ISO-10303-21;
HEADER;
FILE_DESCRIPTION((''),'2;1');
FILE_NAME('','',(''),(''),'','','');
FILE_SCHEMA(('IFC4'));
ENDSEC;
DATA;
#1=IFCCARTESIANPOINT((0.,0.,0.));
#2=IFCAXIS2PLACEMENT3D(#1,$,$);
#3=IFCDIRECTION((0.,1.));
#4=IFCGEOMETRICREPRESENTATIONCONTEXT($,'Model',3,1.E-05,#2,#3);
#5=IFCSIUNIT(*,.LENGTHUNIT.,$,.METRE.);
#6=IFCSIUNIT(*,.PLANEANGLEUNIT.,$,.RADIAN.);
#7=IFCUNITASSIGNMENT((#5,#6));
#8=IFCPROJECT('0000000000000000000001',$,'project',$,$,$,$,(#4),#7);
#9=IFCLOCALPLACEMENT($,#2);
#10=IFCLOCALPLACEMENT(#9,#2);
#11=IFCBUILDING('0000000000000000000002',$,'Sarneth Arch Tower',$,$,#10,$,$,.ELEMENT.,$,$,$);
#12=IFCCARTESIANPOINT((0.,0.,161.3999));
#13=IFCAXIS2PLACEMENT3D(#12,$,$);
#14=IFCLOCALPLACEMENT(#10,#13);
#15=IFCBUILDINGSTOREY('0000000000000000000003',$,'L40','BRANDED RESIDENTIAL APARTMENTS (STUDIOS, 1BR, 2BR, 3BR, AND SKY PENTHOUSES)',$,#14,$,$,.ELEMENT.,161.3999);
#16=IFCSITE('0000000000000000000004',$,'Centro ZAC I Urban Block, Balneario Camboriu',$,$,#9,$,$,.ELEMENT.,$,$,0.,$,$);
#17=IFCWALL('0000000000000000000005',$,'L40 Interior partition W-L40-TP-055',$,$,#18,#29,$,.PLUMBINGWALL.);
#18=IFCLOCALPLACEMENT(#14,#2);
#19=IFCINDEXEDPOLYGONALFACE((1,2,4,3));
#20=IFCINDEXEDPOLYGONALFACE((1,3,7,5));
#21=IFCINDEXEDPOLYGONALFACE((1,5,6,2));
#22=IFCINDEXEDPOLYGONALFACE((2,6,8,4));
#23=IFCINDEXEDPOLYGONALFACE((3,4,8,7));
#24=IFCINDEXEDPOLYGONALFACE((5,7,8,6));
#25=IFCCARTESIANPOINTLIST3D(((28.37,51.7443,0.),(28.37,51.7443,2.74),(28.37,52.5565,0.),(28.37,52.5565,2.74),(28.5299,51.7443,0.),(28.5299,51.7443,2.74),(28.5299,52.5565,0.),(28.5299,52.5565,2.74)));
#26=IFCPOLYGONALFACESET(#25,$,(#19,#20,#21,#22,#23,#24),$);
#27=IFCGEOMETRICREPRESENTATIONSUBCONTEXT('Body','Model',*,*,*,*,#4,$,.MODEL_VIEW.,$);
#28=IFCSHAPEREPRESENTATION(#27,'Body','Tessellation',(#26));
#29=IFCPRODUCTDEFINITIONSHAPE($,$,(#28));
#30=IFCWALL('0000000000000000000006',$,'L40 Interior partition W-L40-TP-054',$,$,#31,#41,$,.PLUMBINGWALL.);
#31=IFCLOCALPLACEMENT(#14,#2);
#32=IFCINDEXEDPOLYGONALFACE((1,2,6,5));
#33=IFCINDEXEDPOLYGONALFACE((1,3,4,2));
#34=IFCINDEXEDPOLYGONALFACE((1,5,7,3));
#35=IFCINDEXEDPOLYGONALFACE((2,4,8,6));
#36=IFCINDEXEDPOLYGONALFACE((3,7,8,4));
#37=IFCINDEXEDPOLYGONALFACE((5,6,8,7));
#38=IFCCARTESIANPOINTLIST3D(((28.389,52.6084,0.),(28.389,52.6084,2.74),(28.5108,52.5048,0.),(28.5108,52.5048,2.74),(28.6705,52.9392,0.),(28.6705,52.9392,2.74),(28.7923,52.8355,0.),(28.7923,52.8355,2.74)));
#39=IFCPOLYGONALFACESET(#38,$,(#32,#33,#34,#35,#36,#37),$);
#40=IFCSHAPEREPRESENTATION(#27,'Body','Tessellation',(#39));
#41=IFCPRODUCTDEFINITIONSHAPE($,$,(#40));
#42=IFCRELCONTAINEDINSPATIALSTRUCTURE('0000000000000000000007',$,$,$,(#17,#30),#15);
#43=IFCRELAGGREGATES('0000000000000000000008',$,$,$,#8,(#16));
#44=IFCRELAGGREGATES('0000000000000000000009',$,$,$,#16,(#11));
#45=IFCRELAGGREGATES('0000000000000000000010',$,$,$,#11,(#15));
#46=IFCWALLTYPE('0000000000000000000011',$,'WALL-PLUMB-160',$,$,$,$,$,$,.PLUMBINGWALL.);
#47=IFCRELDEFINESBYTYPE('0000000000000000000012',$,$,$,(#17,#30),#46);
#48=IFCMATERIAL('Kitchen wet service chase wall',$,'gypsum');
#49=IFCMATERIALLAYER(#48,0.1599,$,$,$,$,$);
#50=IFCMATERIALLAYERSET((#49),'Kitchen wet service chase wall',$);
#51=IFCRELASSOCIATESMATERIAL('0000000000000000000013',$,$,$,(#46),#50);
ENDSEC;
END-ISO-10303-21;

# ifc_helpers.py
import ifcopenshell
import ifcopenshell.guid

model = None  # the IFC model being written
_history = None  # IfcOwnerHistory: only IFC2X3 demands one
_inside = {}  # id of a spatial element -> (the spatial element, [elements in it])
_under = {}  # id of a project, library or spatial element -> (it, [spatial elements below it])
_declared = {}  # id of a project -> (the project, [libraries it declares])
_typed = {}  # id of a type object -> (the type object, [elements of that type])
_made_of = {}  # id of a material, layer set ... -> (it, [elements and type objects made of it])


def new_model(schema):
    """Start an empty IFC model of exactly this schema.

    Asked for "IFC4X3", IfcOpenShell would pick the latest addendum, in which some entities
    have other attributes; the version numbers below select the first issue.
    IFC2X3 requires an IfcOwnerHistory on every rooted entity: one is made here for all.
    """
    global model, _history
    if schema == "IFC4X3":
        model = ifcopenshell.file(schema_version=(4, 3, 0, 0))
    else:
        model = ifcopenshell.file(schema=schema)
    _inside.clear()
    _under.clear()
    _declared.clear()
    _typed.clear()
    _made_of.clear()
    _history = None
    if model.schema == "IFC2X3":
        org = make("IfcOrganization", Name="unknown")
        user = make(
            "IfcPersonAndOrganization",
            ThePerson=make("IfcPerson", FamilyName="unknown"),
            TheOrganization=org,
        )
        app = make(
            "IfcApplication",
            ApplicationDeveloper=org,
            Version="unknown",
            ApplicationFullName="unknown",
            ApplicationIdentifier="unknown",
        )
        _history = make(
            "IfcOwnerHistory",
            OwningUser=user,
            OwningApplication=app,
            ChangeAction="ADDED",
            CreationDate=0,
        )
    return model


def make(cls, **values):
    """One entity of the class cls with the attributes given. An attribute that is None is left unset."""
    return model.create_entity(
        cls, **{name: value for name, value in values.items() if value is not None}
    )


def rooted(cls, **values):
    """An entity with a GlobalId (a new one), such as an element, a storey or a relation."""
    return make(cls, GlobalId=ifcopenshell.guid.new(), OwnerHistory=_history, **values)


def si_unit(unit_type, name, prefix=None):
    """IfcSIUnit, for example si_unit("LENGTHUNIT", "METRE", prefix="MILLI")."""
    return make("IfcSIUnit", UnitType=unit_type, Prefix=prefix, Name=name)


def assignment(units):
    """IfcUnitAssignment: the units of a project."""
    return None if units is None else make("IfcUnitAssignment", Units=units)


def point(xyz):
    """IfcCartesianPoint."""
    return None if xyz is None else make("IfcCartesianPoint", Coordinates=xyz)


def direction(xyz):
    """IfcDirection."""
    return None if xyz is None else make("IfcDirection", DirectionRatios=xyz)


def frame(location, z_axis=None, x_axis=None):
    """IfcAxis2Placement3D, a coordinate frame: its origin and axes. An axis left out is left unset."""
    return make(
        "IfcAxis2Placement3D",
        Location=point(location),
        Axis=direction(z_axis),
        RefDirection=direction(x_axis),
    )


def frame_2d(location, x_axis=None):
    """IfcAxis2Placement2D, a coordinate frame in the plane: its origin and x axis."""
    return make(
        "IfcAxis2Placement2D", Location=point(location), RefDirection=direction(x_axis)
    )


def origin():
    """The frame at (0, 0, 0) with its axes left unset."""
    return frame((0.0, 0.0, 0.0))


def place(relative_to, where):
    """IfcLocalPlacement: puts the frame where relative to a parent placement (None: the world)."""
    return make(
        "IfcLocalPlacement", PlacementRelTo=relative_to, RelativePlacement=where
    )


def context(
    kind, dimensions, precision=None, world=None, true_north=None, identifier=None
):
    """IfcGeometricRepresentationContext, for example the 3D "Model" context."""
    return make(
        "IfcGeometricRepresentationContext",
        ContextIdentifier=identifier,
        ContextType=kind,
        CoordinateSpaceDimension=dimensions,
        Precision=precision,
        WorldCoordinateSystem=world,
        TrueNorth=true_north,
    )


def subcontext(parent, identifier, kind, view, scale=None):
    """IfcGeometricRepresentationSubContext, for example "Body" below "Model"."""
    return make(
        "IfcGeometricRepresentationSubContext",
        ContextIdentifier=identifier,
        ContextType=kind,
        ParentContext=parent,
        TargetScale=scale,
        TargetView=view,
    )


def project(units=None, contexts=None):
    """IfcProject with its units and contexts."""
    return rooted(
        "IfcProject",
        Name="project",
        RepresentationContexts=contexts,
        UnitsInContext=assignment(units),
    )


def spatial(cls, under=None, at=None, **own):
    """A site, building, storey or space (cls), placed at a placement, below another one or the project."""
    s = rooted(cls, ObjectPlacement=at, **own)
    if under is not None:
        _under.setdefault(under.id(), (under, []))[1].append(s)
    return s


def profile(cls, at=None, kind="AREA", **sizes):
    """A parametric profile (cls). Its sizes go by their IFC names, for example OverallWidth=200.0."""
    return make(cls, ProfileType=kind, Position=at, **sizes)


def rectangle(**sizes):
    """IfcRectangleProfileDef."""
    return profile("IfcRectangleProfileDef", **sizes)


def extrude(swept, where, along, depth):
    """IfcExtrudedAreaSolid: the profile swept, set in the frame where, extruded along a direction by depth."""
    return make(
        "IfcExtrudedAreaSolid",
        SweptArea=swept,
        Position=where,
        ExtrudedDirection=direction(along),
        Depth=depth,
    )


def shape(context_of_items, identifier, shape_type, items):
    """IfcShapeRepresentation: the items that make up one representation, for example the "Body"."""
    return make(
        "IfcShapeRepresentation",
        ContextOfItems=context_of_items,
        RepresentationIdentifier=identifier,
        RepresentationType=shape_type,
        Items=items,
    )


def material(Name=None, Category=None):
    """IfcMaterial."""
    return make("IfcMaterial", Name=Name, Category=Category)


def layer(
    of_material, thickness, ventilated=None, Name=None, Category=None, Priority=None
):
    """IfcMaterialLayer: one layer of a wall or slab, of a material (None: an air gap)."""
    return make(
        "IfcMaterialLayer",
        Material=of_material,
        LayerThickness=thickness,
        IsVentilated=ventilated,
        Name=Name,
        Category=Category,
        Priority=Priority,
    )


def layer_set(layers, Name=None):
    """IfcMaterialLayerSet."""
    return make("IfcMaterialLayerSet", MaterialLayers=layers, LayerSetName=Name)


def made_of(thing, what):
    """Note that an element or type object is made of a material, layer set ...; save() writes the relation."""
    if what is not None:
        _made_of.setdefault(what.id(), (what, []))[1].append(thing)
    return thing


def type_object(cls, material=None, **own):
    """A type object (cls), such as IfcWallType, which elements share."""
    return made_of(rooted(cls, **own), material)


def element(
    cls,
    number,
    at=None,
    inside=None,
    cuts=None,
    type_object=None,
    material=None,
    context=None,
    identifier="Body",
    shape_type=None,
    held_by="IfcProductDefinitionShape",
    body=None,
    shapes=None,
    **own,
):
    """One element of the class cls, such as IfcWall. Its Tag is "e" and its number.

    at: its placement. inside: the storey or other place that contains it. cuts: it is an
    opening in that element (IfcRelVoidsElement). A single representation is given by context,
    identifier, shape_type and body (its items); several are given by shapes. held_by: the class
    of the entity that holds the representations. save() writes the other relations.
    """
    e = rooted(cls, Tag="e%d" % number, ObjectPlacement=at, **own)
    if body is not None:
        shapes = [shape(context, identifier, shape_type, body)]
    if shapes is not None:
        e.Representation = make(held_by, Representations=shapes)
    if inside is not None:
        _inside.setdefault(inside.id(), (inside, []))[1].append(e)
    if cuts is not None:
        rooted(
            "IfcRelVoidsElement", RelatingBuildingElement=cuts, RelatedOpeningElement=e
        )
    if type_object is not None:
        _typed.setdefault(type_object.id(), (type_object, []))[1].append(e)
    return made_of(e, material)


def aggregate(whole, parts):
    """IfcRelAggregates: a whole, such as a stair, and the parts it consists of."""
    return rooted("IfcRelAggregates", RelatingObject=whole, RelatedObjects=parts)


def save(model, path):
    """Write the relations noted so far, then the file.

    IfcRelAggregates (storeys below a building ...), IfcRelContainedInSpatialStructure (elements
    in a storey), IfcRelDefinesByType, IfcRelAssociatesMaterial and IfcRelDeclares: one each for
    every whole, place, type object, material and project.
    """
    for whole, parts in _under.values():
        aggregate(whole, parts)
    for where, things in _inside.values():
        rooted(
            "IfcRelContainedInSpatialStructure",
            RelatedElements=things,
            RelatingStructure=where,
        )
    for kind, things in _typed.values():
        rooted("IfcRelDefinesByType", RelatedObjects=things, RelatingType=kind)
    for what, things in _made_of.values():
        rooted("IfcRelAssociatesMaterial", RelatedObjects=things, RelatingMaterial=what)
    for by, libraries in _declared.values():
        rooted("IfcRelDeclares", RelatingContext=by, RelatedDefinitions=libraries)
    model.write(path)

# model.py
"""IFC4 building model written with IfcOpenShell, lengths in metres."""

from ifc_helpers import new_model, si_unit, direction, frame, frame_2d, origin, place, context, subcontext, project, spatial, rectangle, extrude, material, layer, layer_set, type_object, element, save


model = new_model("IFC4")

# Units and contexts
model_context = context("Model", 3, precision=1e-05, world=origin(), true_north=direction((0.0, 1.0)))
body_context = subcontext(model_context, "Body", "Model", "MODEL_VIEW")
ifc_project = project(units=[si_unit("LENGTHUNIT", "METRE"), si_unit("PLANEANGLEUNIT", "RADIAN")], contexts=[model_context])

# Site, building, storey
site_placement = place(None, origin())
site = spatial("IfcSite", under=ifc_project, at=site_placement, Name="Centro ZAC I Urban Block, Balneario Camboriu", CompositionType="ELEMENT", RefElevation=0.0)
building_placement = place(site_placement, origin())
building = spatial("IfcBuilding", under=site, at=building_placement, Name="Sarneth Arch Tower", CompositionType="ELEMENT")
storey_placement = place(building_placement, frame((0.0, 0.0, 161.3999)))
storey = spatial("IfcBuildingStorey", under=building, at=storey_placement, Name="L40", Description="BRANDED RESIDENTIAL APARTMENTS (STUDIOS, 1BR, 2BR, 3BR, AND SKY PENTHOUSES)", CompositionType="ELEMENT", Elevation=161.3999)

# Shared definitions
ifc_material_1 = material(Name="Kitchen wet service chase wall", Category="gypsum")
ifc_layer_1 = layer(ifc_material_1, 0.1599)
ifc_layer_set_1 = layer_set([ifc_layer_1], Name="Kitchen wet service chase wall")
wall_type_1 = type_object("IfcWallType", Name="WALL-PLUMB-160", PredefinedType="PLUMBINGWALL", material=ifc_layer_set_1)

# Walls
wall_1_placement = place(storey_placement, frame((28.45, 52.5566, 0.0), z_axis=(0.0, 0.0, 1.0), x_axis=(0.0, -1.0, 0.0)))
element("IfcWall", 1, at=wall_1_placement, inside=storey, type_object=wall_type_1, Name="L40 Interior partition W-L40-TP-055", PredefinedType="PLUMBINGWALL", context=body_context, shape_type="SweptSolid", body=[
    extrude(rectangle(XDim=0.8123, YDim=0.1599, at=frame_2d((0.4062, 0.0))), origin(), (0.0, 0.0, 1.0), 2.74),
])
wall_2_placement = place(storey_placement, frame((28.7314, 52.8875, 0.0), z_axis=(0.0, 0.0, 1.0), x_axis=(-0.648056, -0.761593, 0.0)))
element("IfcWall", 2, at=wall_2_placement, inside=storey, type_object=wall_type_1, Name="L40 Interior partition W-L40-TP-054", PredefinedType="PLUMBINGWALL", context=body_context, shape_type="SweptSolid", body=[
    extrude(rectangle(XDim=0.4343, YDim=0.1599, at=frame_2d((0.2173, 0.0))), origin(), (0.0, 0.0, 1.0), 2.74),
])

save(model, "model.ifc")
